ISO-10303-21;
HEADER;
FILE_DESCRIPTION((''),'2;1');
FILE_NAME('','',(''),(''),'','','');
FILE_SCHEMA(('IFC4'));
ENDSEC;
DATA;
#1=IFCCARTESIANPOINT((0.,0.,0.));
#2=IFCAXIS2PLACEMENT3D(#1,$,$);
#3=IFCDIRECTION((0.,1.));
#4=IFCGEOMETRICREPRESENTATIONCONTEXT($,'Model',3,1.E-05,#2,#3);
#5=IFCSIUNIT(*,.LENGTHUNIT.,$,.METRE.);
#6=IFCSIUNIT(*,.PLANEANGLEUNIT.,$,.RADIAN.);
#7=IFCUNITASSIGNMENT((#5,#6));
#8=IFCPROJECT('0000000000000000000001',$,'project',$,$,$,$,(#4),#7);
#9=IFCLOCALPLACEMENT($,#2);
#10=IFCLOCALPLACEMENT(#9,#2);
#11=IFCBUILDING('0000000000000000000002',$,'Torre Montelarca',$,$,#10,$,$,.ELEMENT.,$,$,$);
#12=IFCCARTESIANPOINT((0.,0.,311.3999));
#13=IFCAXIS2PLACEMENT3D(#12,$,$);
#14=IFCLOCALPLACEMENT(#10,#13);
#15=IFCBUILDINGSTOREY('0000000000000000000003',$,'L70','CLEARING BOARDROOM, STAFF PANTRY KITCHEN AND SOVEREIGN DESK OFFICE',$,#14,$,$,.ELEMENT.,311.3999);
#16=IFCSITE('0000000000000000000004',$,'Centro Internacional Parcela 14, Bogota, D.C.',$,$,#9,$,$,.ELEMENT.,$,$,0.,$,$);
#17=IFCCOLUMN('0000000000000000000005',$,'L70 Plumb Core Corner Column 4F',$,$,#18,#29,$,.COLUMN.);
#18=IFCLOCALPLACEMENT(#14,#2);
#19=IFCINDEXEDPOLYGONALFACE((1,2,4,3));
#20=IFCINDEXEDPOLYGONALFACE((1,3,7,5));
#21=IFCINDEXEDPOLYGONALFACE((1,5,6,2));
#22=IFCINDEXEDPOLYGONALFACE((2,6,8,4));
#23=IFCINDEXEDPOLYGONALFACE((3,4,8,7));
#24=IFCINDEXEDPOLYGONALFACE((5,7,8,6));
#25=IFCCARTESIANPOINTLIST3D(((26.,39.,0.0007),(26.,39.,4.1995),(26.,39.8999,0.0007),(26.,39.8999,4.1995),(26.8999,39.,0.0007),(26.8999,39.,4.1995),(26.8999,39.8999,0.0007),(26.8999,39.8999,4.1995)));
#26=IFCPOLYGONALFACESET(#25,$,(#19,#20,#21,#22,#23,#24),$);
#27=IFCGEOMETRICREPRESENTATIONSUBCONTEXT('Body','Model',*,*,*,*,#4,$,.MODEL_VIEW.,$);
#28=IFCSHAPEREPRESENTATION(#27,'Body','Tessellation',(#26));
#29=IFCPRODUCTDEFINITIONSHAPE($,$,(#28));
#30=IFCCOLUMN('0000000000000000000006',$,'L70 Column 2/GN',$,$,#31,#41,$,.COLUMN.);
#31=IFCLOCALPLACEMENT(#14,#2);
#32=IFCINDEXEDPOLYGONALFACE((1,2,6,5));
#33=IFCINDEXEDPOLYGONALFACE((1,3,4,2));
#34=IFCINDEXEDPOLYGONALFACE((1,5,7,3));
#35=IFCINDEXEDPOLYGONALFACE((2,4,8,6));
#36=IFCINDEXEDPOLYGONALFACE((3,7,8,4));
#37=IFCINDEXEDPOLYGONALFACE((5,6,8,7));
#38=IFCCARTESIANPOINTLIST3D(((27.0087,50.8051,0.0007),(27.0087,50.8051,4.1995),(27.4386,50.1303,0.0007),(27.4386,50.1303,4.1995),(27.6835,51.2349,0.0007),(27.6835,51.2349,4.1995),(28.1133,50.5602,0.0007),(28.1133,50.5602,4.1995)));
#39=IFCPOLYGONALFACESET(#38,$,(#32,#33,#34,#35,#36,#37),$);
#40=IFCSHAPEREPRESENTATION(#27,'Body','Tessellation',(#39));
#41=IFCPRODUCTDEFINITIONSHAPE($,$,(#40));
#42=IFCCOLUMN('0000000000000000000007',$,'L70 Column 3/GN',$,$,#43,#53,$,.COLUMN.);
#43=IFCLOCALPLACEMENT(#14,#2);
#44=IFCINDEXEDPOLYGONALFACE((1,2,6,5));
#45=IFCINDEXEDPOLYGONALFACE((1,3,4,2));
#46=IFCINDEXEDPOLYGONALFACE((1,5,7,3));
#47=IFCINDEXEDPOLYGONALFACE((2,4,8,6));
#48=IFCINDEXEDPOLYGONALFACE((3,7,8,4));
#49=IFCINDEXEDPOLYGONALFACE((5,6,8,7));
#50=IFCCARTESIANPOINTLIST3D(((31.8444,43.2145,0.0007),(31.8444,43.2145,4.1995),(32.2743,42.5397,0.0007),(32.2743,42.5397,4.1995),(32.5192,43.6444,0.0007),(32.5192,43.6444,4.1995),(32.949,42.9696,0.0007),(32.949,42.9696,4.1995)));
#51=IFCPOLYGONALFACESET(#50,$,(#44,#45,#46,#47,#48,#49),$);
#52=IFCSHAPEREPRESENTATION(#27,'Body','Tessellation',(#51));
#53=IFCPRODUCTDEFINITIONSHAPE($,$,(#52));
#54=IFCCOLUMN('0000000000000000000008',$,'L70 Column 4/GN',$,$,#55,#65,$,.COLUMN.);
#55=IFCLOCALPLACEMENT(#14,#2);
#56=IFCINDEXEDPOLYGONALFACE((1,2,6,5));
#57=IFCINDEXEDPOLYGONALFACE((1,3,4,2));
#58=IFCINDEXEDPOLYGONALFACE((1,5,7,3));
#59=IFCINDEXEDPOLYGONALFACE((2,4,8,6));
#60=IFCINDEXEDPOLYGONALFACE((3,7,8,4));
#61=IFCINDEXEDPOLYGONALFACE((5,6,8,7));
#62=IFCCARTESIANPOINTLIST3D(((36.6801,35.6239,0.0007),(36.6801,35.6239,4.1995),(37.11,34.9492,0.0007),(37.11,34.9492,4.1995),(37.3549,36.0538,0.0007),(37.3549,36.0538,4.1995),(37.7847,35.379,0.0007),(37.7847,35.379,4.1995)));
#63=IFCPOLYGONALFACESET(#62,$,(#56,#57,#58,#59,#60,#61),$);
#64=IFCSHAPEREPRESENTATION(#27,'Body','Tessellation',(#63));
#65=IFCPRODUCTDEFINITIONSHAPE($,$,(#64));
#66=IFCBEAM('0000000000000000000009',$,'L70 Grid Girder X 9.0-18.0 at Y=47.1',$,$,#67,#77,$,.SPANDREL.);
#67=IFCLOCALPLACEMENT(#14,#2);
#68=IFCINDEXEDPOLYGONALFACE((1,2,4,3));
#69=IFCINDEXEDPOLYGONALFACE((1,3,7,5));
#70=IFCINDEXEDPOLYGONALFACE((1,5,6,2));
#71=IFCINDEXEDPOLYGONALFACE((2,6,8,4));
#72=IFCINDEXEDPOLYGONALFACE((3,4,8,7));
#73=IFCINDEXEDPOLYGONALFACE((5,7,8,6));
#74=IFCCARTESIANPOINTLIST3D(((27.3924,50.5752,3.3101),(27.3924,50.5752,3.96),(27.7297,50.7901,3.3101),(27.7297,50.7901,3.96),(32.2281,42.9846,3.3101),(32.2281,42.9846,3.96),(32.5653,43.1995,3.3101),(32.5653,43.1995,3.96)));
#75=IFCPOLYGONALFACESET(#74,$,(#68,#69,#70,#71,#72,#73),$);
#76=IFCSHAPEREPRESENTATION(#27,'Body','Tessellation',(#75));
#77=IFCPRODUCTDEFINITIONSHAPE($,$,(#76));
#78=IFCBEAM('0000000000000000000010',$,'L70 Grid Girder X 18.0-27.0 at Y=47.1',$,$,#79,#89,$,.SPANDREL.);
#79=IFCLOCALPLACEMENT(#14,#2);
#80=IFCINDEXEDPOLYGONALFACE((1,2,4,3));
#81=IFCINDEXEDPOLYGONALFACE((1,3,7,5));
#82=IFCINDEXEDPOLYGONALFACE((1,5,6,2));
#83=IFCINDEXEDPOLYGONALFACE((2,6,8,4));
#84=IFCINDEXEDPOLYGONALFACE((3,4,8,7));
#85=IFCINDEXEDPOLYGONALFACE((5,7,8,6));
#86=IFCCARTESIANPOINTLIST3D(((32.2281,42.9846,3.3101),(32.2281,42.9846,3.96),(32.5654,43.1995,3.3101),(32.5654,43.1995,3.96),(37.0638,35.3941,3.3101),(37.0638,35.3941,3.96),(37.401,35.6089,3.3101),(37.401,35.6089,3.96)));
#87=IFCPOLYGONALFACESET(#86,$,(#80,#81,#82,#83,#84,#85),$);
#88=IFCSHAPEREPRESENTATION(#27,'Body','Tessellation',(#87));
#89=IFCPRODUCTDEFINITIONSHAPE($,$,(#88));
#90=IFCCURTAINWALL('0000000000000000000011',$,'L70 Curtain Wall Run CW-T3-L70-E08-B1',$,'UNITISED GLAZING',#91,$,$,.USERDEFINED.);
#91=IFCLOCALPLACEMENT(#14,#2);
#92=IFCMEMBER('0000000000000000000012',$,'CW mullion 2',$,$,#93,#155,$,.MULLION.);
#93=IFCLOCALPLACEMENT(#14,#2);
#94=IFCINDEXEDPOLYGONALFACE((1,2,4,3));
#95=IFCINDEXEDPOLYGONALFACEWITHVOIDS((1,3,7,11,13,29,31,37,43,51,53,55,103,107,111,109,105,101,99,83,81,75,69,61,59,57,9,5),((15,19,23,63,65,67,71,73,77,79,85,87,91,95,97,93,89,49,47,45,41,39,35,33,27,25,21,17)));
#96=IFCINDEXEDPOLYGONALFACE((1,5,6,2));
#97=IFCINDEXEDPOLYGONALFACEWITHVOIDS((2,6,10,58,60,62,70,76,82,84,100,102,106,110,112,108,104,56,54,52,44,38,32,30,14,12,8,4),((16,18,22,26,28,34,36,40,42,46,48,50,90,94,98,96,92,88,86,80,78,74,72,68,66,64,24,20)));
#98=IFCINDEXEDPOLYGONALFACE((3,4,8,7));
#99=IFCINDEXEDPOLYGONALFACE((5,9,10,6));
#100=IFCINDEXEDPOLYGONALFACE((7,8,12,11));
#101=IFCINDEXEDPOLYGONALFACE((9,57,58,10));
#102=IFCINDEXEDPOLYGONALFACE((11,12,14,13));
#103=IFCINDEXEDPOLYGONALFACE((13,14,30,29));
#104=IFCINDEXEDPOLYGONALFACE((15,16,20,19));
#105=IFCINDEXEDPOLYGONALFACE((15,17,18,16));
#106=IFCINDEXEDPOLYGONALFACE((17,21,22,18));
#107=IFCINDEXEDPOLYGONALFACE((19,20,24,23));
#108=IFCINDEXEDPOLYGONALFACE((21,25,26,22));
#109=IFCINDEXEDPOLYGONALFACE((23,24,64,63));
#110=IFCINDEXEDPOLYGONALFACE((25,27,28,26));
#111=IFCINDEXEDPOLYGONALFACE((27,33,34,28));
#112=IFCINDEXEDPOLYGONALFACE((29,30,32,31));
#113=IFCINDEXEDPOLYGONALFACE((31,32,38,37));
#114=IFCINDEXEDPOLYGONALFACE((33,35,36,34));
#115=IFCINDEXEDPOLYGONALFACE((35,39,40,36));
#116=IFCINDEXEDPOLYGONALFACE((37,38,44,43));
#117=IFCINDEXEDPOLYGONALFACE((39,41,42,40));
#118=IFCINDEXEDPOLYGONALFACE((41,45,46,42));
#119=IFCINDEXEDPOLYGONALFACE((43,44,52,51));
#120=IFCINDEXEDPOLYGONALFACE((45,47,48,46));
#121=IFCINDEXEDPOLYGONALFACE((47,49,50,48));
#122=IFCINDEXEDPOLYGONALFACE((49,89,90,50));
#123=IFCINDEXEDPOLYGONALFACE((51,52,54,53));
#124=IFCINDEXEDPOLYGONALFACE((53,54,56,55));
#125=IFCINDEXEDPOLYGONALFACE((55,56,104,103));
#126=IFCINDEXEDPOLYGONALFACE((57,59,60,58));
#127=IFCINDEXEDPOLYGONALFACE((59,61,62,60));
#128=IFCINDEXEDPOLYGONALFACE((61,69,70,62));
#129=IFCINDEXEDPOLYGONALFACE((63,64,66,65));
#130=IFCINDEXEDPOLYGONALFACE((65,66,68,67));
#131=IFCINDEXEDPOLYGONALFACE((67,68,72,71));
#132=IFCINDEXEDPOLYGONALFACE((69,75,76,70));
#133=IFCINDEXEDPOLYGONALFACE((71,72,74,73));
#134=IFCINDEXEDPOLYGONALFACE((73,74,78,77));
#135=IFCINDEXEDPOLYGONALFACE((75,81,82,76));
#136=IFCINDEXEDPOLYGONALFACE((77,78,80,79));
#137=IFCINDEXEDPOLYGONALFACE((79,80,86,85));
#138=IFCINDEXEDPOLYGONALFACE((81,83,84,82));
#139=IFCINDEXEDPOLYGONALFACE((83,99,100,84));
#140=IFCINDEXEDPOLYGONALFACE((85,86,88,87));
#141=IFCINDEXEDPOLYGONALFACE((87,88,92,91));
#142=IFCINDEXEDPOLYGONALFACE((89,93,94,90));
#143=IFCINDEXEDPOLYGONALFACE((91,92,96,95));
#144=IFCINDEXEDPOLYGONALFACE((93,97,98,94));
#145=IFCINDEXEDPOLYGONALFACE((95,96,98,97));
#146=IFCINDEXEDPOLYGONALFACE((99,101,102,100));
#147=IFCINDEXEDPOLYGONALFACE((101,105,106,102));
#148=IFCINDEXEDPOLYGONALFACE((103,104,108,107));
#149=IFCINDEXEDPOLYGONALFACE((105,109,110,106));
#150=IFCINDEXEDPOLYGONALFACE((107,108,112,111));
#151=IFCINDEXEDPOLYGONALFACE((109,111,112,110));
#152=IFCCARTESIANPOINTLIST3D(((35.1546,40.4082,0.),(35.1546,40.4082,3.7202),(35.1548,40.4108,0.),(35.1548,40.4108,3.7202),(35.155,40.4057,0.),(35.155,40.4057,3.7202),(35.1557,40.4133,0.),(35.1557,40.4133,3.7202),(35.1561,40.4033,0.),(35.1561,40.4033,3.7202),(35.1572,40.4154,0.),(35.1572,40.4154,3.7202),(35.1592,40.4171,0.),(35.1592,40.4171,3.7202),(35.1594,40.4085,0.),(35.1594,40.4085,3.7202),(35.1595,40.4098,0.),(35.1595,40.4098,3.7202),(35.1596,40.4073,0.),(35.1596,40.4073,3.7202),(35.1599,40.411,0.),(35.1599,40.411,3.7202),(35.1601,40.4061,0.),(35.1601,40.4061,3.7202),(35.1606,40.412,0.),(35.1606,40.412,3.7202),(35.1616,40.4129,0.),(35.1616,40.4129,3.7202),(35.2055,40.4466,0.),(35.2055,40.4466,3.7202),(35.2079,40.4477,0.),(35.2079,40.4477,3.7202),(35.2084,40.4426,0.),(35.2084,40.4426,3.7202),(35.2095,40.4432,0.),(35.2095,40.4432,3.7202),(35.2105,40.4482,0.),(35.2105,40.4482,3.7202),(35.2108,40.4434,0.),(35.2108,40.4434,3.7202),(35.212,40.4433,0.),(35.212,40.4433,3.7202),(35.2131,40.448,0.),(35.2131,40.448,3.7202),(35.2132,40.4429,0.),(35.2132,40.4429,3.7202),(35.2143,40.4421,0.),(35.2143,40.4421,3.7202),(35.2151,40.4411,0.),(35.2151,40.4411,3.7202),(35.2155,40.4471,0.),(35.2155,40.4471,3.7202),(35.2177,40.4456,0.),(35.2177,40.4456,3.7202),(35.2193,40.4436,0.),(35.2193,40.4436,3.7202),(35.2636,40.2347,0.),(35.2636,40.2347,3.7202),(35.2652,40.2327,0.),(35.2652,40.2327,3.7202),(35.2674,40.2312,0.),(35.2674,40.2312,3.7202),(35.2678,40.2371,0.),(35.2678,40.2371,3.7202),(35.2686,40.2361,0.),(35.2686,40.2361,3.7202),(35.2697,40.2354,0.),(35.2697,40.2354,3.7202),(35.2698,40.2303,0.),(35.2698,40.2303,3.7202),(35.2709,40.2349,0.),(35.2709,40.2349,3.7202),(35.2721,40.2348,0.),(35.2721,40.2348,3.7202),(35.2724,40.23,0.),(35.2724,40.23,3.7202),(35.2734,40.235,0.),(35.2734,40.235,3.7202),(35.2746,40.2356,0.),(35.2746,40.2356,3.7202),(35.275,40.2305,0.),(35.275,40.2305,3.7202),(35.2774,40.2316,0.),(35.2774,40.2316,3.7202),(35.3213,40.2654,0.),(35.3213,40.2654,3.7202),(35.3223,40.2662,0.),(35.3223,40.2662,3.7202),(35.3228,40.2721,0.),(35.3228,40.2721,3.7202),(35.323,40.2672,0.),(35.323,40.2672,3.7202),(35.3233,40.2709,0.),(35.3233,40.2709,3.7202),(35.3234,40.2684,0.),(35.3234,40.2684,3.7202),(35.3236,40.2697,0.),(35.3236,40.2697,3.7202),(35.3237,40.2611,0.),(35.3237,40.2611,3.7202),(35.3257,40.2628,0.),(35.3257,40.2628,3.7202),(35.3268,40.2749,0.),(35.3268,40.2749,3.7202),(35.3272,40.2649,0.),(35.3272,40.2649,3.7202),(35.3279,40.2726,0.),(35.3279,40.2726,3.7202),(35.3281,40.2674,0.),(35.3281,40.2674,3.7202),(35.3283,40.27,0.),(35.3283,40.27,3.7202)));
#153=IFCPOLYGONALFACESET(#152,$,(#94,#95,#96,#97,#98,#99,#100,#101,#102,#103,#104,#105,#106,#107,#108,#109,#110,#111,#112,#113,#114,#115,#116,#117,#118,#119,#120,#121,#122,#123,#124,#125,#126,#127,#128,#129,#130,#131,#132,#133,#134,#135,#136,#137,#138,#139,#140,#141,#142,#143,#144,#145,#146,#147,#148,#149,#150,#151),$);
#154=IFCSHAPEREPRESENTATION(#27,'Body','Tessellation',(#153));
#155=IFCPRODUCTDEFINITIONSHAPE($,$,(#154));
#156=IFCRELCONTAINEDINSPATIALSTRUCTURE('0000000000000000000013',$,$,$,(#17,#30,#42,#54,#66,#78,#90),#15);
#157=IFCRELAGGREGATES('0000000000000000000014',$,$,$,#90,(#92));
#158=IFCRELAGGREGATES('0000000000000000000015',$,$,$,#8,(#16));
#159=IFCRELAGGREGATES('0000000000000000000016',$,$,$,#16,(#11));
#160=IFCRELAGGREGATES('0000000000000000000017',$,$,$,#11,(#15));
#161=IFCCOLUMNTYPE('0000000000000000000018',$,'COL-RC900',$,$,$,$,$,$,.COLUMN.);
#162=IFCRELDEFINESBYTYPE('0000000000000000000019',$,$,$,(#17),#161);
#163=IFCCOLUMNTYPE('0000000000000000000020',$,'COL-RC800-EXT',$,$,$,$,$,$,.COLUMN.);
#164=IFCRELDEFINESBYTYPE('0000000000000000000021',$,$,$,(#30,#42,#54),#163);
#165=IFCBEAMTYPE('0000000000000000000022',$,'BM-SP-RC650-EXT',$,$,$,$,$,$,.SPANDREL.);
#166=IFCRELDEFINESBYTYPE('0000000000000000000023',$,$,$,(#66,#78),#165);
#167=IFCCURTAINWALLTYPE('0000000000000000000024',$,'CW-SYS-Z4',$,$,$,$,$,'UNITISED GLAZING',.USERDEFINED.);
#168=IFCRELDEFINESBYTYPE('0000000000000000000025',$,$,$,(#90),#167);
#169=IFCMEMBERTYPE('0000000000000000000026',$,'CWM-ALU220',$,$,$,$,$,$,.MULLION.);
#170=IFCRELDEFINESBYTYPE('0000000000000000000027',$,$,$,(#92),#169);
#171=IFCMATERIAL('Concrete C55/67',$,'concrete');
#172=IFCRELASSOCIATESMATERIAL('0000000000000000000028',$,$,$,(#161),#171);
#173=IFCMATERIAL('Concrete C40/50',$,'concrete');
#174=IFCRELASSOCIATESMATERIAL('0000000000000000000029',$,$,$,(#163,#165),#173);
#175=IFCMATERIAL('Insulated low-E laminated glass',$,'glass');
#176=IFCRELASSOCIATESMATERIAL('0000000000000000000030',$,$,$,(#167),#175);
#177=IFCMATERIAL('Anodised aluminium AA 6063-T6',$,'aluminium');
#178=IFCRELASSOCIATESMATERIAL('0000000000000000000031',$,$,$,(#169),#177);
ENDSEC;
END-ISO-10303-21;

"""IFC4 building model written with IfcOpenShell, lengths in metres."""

from ifc_helpers import new_model, si_unit, direction, frame, origin, origin_2d, place, context, subcontext, project, spatial, rectangle, hollow_rectangle, extrude, source, transform, mapped, material, material_profile, profile_set, type_object, element, aggregate, save


model = new_model("IFC4")

# Units and contexts
model_context = context("Model", 3, precision=1e-05, world=origin(), true_north=direction((0.0, 1.0)))
body_context = subcontext(model_context, "Body", "Model", "MODEL_VIEW")
ifc_project = project(units=[si_unit("LENGTHUNIT", "METRE"), si_unit("PLANEANGLEUNIT", "RADIAN")], contexts=[model_context])

# Site, building, storey
site_placement = place(None, origin())
site = spatial("IfcSite", under=ifc_project, at=site_placement, Name="Centro Internacional Parcela 14, Bogota, D.C.", CompositionType="ELEMENT", RefElevation=0.0)
building_placement = place(site_placement, origin())
building = spatial("IfcBuilding", under=site, at=building_placement, Name="Torre Montelarca", CompositionType="ELEMENT")
storey_placement = place(building_placement, frame((0.0, 0.0, 311.3999)))
storey = spatial("IfcBuildingStorey", under=building, at=storey_placement, Name="L70", Description="CLEARING BOARDROOM, STAFF PANTRY KITCHEN AND SOVEREIGN DESK OFFICE", CompositionType="ELEMENT", Elevation=311.3999)

# Columns
ifc_material_1 = material(Name="Concrete C55/67", Category="concrete")
ifc_material_profile_1 = material_profile(ifc_material_1, rectangle(XDim=0.8999, YDim=0.8999, at=origin_2d()), Name="RC900X900", Category="concrete")
ifc_profile_set_1 = profile_set([ifc_material_profile_1], Name="Concrete C55/67")
column_type_1 = type_object("IfcColumnType", Name="COL-RC900", PredefinedType="COLUMN", material=ifc_profile_set_1)
shared_shape_1 = source(origin(), body_context, "Body", "SweptSolid", [
    extrude(rectangle(XDim=0.8999, YDim=0.8999, at=origin_2d()), origin(), (0.0, 0.0, 1.0), 4.1987),
])
column_placement = place(storey_placement, frame((26.45, 39.45, 0.0007), z_axis=(0.0, 0.0, 1.0), x_axis=(1.0, 0.0, 0.0)))
element("IfcColumn", 1, at=column_placement, inside=storey, type_object=column_type_1, Name="L70 Plumb Core Corner Column 4F", PredefinedType="COLUMN", context=body_context, shape_type="MappedRepresentation", body=[
    mapped(shared_shape_1, transform((0.0, 0.0, 0.0), scale=1.0)),
])
ifc_material_2 = material(Name="Concrete C40/50", Category="concrete")
ifc_material_profile_2 = material_profile(ifc_material_2, rectangle(XDim=0.8, YDim=0.8, at=origin_2d()), Name="RC800X800", Category="concrete")
ifc_profile_set_2 = profile_set([ifc_material_profile_2], Name="Concrete C40/50")
column_type_2 = type_object("IfcColumnType", Name="COL-RC800-EXT", PredefinedType="COLUMN", material=ifc_profile_set_2)
shared_shape_2 = source(origin(), body_context, "Body", "SweptSolid", [
    extrude(rectangle(XDim=0.8, YDim=0.8, at=origin_2d()), origin(), (0.0, 0.0, 1.0), 4.1987),
])
for number, where, z_axis, x_axis, name in (
    (2, (27.561, 50.6826, 0.0007), (0.0, 0.0, 1.0), (-0.5373, 0.843391, 0.0), "L70 Column 2/GN"),
    (3, (32.3967, 43.092, 0.0007), (0.0, 0.0, 1.0), (-0.5373, 0.843391, 0.0), "L70 Column 3/GN"),
    (4, (37.2324, 35.5015, 0.0007), (0.0, 0.0, 1.0), (-0.5373, 0.843391, 0.0), "L70 Column 4/GN"),
):
    element("IfcColumn", number, at=place(storey_placement, frame(where, z_axis=z_axis, x_axis=x_axis)), inside=storey, type_object=column_type_2, Name=name, PredefinedType="COLUMN", context=body_context, shape_type="MappedRepresentation", body=[
        mapped(shared_shape_2, transform((0.0, 0.0, 0.0), scale=1.0)),
    ])

# Beams
ifc_material_profile_3 = material_profile(ifc_material_2, rectangle(XDim=0.3999, YDim=0.6499, at=origin_2d()), Name="RCB400X650", Category="concrete")
ifc_profile_set_3 = profile_set([ifc_material_profile_3], Name="Concrete C40/50")
beam_type = type_object("IfcBeamType", Name="BM-SP-RC650-EXT", PredefinedType="SPANDREL", material=ifc_profile_set_3)
shared_shape_3 = source(origin(), body_context, "Body", "SweptSolid", [
    extrude(rectangle(XDim=0.3999, YDim=0.6499, at=origin_2d()), origin(), (0.0, 0.0, 1.0), 9.0),
])
for number, where, z_axis, x_axis, name in (
    (5, (27.561, 50.6826, 3.635), (0.537297, -0.843393, 0.0), (0.843393, 0.537297, 0.0), "L70 Grid Girder X 9.0-18.0 at Y=47.1"),
    (6, (32.3967, 43.092, 3.635), (0.537297, -0.843393, 0.0), (0.843393, 0.537297, 0.0), "L70 Grid Girder X 18.0-27.0 at Y=47.1"),
):
    element("IfcBeam", number, at=place(storey_placement, frame(where, z_axis=z_axis, x_axis=x_axis)), inside=storey, type_object=beam_type, Name=name, PredefinedType="SPANDREL", context=body_context, shape_type="MappedRepresentation", body=[
        mapped(shared_shape_3, transform((0.0, 0.0, 0.0), scale=1.0)),
    ])

# Curtain wall, member
ifc_material_3 = material(Name="Insulated low-E laminated glass", Category="glass")
curtain_wall_type = type_object("IfcCurtainWallType", Name="CW-SYS-Z4", ElementType="UNITISED GLAZING", PredefinedType="USERDEFINED", material=ifc_material_3)
curtain_wall_1_placement = place(storey_placement, origin())
curtain_wall_1 = element("IfcCurtainWall", 7, at=curtain_wall_1_placement, inside=storey, type_object=curtain_wall_type, Name="L70 Curtain Wall Run CW-T3-L70-E08-B1", ObjectType="UNITISED GLAZING", PredefinedType="USERDEFINED")
ifc_material_4 = material(Name="Anodised aluminium AA 6063-T6", Category="aluminium")
ifc_material_profile_4 = material_profile(ifc_material_4, hollow_rectangle(XDim=0.075, YDim=0.22, WallThickness=0.0049, InnerFilletRadius=0.0049, OuterFilletRadius=0.01, at=origin_2d()), Name="ALU75X220X5", Category="aluminium")
ifc_profile_set_4 = profile_set([ifc_material_profile_4], Name="Anodised aluminium AA 6063-T6")
member_type_1 = type_object("IfcMemberType", Name="CWM-ALU220", PredefinedType="MULLION", material=ifc_profile_set_4)
shared_shape_4 = source(origin(), body_context, "Body", "SweptSolid", [
    extrude(hollow_rectangle(XDim=0.075, YDim=0.22, WallThickness=0.0049, InnerFilletRadius=0.0049, OuterFilletRadius=0.01, at=origin_2d()), origin(), (0.0, 0.0, 1.0), 3.7202),
])
member_1_placement = place(storey_placement, frame((35.2415, 40.3391, 0.0), z_axis=(0.0, 0.0, 1.0), x_axis=(-0.843391, -0.5373, 0.0)))
member_1 = element("IfcMember", 8, at=member_1_placement, type_object=member_type_1, Name="CW mullion 2", PredefinedType="MULLION", context=body_context, shape_type="MappedRepresentation", body=[
    mapped(shared_shape_4, transform((0.0, 0.0, 0.0), scale=1.0)),
])

aggregate(curtain_wall_1, [member_1])

save(model, "model.ifc")
